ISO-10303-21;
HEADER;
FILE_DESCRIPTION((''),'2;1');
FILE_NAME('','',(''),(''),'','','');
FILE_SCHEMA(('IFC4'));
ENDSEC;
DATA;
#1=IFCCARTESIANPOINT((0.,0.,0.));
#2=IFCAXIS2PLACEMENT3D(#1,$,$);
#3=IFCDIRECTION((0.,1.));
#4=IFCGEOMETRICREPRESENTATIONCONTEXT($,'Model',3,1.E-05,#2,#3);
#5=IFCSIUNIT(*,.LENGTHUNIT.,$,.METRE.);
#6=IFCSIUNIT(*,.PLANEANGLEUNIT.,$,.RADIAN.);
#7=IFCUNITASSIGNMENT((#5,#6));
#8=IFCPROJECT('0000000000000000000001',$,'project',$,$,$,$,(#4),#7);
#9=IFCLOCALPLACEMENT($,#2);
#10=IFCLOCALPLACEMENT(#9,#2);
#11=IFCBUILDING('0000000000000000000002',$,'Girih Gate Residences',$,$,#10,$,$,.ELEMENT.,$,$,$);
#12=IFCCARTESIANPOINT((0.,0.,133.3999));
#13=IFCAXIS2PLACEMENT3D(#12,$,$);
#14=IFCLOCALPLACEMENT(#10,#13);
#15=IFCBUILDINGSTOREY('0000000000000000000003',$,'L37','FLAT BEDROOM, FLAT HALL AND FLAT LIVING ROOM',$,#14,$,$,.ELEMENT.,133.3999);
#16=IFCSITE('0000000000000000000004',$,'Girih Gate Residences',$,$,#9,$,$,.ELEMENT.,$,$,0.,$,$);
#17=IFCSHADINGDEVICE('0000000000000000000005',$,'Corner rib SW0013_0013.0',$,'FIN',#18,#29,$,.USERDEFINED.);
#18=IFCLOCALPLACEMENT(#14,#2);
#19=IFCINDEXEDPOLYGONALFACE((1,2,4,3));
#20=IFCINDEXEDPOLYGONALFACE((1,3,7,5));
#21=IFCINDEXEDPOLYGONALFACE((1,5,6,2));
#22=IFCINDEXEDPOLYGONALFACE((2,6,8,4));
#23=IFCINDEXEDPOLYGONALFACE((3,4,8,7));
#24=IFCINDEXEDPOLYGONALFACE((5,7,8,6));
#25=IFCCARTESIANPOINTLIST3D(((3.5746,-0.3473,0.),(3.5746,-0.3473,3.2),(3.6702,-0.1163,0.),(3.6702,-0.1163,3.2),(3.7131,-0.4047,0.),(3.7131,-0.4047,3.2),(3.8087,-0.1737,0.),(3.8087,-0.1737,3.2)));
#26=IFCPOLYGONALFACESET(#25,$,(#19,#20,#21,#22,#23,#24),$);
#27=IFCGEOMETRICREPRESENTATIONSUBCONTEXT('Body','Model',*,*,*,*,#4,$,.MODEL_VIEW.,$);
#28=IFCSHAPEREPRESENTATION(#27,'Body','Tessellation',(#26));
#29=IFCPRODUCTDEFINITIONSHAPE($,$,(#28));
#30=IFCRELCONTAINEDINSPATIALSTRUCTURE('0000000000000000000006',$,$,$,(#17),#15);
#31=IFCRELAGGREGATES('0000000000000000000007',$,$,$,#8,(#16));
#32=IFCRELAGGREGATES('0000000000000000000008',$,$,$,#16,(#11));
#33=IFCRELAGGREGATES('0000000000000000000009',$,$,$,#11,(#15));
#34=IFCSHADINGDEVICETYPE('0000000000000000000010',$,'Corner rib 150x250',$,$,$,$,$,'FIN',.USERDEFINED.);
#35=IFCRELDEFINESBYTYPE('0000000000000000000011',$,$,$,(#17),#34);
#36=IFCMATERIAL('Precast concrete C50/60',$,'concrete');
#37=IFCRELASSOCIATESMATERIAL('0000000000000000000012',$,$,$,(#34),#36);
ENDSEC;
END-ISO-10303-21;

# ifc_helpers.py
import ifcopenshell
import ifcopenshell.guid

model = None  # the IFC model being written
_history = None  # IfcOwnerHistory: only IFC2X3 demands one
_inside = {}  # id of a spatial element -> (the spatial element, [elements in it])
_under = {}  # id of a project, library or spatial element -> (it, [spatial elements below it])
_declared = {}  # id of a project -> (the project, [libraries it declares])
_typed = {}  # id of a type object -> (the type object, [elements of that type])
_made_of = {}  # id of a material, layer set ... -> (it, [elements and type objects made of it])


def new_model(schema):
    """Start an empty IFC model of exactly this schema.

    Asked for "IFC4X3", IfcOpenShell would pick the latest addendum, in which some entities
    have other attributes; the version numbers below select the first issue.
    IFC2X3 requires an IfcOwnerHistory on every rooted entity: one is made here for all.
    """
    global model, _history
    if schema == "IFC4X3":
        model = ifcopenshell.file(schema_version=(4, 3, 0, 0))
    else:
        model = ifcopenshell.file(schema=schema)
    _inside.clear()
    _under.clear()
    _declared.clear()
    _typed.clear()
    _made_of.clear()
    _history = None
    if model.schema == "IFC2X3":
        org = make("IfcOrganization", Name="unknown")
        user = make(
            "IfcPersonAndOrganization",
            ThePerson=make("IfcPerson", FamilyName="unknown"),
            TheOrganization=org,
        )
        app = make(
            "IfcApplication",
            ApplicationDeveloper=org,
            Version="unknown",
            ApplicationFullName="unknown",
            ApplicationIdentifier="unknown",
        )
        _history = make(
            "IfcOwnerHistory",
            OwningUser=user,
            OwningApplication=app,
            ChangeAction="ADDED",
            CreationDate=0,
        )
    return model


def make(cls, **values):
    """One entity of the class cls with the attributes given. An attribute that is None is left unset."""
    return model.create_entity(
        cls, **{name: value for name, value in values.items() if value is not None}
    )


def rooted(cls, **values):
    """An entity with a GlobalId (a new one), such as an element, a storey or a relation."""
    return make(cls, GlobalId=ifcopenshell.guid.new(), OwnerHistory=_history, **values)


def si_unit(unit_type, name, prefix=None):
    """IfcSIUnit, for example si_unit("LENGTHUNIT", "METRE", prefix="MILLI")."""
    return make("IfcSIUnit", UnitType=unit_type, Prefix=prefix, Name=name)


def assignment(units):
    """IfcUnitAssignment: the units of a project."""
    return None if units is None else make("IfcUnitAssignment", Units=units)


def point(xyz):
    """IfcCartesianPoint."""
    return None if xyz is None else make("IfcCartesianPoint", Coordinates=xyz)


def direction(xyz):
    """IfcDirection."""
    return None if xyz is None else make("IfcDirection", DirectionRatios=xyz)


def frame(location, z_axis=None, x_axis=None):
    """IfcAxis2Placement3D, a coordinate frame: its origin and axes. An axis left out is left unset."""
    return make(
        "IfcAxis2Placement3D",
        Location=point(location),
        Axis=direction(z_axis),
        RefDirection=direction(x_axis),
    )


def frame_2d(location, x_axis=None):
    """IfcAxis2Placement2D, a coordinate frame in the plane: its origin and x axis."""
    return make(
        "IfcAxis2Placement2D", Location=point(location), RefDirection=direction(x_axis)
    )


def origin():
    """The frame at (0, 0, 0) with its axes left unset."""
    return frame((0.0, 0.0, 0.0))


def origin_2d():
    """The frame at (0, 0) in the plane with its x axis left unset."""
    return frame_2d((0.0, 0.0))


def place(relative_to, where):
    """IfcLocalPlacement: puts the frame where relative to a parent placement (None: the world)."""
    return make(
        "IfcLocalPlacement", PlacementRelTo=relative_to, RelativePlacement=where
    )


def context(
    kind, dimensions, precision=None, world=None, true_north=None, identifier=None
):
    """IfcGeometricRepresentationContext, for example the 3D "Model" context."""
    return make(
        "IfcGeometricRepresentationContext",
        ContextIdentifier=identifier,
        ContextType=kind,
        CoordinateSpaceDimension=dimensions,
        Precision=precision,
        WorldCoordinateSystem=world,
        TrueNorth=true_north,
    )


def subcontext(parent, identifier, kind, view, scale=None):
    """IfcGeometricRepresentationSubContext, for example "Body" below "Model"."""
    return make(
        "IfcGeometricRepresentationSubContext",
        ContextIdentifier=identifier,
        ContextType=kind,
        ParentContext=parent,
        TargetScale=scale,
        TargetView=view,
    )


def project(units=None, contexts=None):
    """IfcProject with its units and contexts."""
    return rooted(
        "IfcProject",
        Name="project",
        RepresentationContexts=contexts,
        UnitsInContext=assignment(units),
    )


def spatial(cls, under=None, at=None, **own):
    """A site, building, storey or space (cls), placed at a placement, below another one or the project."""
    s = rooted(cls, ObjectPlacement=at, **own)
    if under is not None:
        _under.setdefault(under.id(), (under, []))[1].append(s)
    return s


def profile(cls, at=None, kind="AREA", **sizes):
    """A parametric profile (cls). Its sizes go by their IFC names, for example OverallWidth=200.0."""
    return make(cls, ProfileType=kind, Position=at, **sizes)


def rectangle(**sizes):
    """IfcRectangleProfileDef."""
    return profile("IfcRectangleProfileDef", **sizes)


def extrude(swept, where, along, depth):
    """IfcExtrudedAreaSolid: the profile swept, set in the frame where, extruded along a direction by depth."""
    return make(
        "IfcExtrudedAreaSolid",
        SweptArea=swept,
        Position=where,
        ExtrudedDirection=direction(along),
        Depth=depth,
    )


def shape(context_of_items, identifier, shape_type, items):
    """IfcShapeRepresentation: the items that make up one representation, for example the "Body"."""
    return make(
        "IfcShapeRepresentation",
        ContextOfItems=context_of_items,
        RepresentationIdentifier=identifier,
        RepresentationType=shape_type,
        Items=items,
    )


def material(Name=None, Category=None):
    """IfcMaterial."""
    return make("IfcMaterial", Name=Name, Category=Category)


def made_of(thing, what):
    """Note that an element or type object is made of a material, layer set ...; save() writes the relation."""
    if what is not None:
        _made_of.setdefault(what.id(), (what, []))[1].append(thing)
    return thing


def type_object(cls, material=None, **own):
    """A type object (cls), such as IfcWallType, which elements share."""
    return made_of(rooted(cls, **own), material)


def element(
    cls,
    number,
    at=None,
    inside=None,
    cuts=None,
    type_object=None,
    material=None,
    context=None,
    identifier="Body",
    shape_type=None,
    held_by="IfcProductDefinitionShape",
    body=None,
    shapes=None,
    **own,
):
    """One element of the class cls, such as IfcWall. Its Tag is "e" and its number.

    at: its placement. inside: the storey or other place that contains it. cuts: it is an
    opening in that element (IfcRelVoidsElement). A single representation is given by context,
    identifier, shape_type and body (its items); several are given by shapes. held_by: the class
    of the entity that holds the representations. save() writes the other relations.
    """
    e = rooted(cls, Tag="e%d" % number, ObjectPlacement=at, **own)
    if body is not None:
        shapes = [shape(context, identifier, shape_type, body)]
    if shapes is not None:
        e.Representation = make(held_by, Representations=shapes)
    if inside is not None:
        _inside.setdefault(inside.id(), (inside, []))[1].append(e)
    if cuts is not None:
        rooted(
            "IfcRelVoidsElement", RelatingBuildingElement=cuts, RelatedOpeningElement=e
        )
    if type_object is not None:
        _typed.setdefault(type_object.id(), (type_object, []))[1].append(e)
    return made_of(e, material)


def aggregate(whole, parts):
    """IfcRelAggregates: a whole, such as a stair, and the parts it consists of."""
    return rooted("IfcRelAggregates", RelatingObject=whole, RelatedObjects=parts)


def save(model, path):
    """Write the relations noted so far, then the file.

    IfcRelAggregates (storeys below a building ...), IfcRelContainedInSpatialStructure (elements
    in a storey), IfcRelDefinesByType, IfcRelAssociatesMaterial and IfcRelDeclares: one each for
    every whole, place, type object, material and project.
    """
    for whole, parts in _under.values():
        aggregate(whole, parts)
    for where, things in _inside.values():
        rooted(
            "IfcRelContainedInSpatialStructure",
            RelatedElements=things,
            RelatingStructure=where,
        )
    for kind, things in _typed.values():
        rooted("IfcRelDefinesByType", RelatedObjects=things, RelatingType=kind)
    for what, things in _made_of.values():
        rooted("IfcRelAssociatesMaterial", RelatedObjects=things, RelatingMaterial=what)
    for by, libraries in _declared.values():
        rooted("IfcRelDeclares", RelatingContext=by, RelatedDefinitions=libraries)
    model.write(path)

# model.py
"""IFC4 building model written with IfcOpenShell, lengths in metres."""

from ifc_helpers import new_model, si_unit, direction, frame, origin, origin_2d, place, context, subcontext, project, spatial, rectangle, extrude, material, type_object, element, save


model = new_model("IFC4")

# Units and contexts
model_context = context("Model", 3, precision=1e-05, world=origin(), true_north=direction((0.0, 1.0)))
body_context = subcontext(model_context, "Body", "Model", "MODEL_VIEW")
ifc_project = project(units=[si_unit("LENGTHUNIT", "METRE"), si_unit("PLANEANGLEUNIT", "RADIAN")], contexts=[model_context])

# Site, building, storey
site_placement = place(None, origin())
site = spatial("IfcSite", under=ifc_project, at=site_placement, Name="Girih Gate Residences", CompositionType="ELEMENT", RefElevation=0.0)
building_placement = place(site_placement, origin())
building = spatial("IfcBuilding", under=site, at=building_placement, Name="Girih Gate Residences", CompositionType="ELEMENT")
storey_placement = place(building_placement, frame((0.0, 0.0, 133.3999)))
storey = spatial("IfcBuildingStorey", under=building, at=storey_placement, Name="L37", Description="FLAT BEDROOM, FLAT HALL AND FLAT LIVING ROOM", CompositionType="ELEMENT", Elevation=133.3999)

# Shared definitions
ifc_material_1 = material(Name="Precast concrete C50/60", Category="concrete")

# Shading device
shading_device_type = type_object("IfcShadingDeviceType", Name="Corner rib 150x250", ElementType="FIN", PredefinedType="USERDEFINED", material=ifc_material_1)
for number, where, z_axis, x_axis, name in (
    (1, (3.6917, -0.2605, 0.0), (0.0, 0.0, 1.0), (0.92388, -0.382683, 0.0), "Corner rib SW0013_0013.0"),
):
    element("IfcShadingDevice", number, at=place(storey_placement, frame(where, z_axis=z_axis, x_axis=x_axis)), inside=storey, type_object=shading_device_type, Name=name, ObjectType="FIN", PredefinedType="USERDEFINED", context=body_context, shape_type="SweptSolid", body=[
        extrude(rectangle(XDim=0.1499, YDim=0.25, at=origin_2d()), origin(), (0.0, 0.0, 1.0), 3.2),
    ])

save(model, "model.ifc")
